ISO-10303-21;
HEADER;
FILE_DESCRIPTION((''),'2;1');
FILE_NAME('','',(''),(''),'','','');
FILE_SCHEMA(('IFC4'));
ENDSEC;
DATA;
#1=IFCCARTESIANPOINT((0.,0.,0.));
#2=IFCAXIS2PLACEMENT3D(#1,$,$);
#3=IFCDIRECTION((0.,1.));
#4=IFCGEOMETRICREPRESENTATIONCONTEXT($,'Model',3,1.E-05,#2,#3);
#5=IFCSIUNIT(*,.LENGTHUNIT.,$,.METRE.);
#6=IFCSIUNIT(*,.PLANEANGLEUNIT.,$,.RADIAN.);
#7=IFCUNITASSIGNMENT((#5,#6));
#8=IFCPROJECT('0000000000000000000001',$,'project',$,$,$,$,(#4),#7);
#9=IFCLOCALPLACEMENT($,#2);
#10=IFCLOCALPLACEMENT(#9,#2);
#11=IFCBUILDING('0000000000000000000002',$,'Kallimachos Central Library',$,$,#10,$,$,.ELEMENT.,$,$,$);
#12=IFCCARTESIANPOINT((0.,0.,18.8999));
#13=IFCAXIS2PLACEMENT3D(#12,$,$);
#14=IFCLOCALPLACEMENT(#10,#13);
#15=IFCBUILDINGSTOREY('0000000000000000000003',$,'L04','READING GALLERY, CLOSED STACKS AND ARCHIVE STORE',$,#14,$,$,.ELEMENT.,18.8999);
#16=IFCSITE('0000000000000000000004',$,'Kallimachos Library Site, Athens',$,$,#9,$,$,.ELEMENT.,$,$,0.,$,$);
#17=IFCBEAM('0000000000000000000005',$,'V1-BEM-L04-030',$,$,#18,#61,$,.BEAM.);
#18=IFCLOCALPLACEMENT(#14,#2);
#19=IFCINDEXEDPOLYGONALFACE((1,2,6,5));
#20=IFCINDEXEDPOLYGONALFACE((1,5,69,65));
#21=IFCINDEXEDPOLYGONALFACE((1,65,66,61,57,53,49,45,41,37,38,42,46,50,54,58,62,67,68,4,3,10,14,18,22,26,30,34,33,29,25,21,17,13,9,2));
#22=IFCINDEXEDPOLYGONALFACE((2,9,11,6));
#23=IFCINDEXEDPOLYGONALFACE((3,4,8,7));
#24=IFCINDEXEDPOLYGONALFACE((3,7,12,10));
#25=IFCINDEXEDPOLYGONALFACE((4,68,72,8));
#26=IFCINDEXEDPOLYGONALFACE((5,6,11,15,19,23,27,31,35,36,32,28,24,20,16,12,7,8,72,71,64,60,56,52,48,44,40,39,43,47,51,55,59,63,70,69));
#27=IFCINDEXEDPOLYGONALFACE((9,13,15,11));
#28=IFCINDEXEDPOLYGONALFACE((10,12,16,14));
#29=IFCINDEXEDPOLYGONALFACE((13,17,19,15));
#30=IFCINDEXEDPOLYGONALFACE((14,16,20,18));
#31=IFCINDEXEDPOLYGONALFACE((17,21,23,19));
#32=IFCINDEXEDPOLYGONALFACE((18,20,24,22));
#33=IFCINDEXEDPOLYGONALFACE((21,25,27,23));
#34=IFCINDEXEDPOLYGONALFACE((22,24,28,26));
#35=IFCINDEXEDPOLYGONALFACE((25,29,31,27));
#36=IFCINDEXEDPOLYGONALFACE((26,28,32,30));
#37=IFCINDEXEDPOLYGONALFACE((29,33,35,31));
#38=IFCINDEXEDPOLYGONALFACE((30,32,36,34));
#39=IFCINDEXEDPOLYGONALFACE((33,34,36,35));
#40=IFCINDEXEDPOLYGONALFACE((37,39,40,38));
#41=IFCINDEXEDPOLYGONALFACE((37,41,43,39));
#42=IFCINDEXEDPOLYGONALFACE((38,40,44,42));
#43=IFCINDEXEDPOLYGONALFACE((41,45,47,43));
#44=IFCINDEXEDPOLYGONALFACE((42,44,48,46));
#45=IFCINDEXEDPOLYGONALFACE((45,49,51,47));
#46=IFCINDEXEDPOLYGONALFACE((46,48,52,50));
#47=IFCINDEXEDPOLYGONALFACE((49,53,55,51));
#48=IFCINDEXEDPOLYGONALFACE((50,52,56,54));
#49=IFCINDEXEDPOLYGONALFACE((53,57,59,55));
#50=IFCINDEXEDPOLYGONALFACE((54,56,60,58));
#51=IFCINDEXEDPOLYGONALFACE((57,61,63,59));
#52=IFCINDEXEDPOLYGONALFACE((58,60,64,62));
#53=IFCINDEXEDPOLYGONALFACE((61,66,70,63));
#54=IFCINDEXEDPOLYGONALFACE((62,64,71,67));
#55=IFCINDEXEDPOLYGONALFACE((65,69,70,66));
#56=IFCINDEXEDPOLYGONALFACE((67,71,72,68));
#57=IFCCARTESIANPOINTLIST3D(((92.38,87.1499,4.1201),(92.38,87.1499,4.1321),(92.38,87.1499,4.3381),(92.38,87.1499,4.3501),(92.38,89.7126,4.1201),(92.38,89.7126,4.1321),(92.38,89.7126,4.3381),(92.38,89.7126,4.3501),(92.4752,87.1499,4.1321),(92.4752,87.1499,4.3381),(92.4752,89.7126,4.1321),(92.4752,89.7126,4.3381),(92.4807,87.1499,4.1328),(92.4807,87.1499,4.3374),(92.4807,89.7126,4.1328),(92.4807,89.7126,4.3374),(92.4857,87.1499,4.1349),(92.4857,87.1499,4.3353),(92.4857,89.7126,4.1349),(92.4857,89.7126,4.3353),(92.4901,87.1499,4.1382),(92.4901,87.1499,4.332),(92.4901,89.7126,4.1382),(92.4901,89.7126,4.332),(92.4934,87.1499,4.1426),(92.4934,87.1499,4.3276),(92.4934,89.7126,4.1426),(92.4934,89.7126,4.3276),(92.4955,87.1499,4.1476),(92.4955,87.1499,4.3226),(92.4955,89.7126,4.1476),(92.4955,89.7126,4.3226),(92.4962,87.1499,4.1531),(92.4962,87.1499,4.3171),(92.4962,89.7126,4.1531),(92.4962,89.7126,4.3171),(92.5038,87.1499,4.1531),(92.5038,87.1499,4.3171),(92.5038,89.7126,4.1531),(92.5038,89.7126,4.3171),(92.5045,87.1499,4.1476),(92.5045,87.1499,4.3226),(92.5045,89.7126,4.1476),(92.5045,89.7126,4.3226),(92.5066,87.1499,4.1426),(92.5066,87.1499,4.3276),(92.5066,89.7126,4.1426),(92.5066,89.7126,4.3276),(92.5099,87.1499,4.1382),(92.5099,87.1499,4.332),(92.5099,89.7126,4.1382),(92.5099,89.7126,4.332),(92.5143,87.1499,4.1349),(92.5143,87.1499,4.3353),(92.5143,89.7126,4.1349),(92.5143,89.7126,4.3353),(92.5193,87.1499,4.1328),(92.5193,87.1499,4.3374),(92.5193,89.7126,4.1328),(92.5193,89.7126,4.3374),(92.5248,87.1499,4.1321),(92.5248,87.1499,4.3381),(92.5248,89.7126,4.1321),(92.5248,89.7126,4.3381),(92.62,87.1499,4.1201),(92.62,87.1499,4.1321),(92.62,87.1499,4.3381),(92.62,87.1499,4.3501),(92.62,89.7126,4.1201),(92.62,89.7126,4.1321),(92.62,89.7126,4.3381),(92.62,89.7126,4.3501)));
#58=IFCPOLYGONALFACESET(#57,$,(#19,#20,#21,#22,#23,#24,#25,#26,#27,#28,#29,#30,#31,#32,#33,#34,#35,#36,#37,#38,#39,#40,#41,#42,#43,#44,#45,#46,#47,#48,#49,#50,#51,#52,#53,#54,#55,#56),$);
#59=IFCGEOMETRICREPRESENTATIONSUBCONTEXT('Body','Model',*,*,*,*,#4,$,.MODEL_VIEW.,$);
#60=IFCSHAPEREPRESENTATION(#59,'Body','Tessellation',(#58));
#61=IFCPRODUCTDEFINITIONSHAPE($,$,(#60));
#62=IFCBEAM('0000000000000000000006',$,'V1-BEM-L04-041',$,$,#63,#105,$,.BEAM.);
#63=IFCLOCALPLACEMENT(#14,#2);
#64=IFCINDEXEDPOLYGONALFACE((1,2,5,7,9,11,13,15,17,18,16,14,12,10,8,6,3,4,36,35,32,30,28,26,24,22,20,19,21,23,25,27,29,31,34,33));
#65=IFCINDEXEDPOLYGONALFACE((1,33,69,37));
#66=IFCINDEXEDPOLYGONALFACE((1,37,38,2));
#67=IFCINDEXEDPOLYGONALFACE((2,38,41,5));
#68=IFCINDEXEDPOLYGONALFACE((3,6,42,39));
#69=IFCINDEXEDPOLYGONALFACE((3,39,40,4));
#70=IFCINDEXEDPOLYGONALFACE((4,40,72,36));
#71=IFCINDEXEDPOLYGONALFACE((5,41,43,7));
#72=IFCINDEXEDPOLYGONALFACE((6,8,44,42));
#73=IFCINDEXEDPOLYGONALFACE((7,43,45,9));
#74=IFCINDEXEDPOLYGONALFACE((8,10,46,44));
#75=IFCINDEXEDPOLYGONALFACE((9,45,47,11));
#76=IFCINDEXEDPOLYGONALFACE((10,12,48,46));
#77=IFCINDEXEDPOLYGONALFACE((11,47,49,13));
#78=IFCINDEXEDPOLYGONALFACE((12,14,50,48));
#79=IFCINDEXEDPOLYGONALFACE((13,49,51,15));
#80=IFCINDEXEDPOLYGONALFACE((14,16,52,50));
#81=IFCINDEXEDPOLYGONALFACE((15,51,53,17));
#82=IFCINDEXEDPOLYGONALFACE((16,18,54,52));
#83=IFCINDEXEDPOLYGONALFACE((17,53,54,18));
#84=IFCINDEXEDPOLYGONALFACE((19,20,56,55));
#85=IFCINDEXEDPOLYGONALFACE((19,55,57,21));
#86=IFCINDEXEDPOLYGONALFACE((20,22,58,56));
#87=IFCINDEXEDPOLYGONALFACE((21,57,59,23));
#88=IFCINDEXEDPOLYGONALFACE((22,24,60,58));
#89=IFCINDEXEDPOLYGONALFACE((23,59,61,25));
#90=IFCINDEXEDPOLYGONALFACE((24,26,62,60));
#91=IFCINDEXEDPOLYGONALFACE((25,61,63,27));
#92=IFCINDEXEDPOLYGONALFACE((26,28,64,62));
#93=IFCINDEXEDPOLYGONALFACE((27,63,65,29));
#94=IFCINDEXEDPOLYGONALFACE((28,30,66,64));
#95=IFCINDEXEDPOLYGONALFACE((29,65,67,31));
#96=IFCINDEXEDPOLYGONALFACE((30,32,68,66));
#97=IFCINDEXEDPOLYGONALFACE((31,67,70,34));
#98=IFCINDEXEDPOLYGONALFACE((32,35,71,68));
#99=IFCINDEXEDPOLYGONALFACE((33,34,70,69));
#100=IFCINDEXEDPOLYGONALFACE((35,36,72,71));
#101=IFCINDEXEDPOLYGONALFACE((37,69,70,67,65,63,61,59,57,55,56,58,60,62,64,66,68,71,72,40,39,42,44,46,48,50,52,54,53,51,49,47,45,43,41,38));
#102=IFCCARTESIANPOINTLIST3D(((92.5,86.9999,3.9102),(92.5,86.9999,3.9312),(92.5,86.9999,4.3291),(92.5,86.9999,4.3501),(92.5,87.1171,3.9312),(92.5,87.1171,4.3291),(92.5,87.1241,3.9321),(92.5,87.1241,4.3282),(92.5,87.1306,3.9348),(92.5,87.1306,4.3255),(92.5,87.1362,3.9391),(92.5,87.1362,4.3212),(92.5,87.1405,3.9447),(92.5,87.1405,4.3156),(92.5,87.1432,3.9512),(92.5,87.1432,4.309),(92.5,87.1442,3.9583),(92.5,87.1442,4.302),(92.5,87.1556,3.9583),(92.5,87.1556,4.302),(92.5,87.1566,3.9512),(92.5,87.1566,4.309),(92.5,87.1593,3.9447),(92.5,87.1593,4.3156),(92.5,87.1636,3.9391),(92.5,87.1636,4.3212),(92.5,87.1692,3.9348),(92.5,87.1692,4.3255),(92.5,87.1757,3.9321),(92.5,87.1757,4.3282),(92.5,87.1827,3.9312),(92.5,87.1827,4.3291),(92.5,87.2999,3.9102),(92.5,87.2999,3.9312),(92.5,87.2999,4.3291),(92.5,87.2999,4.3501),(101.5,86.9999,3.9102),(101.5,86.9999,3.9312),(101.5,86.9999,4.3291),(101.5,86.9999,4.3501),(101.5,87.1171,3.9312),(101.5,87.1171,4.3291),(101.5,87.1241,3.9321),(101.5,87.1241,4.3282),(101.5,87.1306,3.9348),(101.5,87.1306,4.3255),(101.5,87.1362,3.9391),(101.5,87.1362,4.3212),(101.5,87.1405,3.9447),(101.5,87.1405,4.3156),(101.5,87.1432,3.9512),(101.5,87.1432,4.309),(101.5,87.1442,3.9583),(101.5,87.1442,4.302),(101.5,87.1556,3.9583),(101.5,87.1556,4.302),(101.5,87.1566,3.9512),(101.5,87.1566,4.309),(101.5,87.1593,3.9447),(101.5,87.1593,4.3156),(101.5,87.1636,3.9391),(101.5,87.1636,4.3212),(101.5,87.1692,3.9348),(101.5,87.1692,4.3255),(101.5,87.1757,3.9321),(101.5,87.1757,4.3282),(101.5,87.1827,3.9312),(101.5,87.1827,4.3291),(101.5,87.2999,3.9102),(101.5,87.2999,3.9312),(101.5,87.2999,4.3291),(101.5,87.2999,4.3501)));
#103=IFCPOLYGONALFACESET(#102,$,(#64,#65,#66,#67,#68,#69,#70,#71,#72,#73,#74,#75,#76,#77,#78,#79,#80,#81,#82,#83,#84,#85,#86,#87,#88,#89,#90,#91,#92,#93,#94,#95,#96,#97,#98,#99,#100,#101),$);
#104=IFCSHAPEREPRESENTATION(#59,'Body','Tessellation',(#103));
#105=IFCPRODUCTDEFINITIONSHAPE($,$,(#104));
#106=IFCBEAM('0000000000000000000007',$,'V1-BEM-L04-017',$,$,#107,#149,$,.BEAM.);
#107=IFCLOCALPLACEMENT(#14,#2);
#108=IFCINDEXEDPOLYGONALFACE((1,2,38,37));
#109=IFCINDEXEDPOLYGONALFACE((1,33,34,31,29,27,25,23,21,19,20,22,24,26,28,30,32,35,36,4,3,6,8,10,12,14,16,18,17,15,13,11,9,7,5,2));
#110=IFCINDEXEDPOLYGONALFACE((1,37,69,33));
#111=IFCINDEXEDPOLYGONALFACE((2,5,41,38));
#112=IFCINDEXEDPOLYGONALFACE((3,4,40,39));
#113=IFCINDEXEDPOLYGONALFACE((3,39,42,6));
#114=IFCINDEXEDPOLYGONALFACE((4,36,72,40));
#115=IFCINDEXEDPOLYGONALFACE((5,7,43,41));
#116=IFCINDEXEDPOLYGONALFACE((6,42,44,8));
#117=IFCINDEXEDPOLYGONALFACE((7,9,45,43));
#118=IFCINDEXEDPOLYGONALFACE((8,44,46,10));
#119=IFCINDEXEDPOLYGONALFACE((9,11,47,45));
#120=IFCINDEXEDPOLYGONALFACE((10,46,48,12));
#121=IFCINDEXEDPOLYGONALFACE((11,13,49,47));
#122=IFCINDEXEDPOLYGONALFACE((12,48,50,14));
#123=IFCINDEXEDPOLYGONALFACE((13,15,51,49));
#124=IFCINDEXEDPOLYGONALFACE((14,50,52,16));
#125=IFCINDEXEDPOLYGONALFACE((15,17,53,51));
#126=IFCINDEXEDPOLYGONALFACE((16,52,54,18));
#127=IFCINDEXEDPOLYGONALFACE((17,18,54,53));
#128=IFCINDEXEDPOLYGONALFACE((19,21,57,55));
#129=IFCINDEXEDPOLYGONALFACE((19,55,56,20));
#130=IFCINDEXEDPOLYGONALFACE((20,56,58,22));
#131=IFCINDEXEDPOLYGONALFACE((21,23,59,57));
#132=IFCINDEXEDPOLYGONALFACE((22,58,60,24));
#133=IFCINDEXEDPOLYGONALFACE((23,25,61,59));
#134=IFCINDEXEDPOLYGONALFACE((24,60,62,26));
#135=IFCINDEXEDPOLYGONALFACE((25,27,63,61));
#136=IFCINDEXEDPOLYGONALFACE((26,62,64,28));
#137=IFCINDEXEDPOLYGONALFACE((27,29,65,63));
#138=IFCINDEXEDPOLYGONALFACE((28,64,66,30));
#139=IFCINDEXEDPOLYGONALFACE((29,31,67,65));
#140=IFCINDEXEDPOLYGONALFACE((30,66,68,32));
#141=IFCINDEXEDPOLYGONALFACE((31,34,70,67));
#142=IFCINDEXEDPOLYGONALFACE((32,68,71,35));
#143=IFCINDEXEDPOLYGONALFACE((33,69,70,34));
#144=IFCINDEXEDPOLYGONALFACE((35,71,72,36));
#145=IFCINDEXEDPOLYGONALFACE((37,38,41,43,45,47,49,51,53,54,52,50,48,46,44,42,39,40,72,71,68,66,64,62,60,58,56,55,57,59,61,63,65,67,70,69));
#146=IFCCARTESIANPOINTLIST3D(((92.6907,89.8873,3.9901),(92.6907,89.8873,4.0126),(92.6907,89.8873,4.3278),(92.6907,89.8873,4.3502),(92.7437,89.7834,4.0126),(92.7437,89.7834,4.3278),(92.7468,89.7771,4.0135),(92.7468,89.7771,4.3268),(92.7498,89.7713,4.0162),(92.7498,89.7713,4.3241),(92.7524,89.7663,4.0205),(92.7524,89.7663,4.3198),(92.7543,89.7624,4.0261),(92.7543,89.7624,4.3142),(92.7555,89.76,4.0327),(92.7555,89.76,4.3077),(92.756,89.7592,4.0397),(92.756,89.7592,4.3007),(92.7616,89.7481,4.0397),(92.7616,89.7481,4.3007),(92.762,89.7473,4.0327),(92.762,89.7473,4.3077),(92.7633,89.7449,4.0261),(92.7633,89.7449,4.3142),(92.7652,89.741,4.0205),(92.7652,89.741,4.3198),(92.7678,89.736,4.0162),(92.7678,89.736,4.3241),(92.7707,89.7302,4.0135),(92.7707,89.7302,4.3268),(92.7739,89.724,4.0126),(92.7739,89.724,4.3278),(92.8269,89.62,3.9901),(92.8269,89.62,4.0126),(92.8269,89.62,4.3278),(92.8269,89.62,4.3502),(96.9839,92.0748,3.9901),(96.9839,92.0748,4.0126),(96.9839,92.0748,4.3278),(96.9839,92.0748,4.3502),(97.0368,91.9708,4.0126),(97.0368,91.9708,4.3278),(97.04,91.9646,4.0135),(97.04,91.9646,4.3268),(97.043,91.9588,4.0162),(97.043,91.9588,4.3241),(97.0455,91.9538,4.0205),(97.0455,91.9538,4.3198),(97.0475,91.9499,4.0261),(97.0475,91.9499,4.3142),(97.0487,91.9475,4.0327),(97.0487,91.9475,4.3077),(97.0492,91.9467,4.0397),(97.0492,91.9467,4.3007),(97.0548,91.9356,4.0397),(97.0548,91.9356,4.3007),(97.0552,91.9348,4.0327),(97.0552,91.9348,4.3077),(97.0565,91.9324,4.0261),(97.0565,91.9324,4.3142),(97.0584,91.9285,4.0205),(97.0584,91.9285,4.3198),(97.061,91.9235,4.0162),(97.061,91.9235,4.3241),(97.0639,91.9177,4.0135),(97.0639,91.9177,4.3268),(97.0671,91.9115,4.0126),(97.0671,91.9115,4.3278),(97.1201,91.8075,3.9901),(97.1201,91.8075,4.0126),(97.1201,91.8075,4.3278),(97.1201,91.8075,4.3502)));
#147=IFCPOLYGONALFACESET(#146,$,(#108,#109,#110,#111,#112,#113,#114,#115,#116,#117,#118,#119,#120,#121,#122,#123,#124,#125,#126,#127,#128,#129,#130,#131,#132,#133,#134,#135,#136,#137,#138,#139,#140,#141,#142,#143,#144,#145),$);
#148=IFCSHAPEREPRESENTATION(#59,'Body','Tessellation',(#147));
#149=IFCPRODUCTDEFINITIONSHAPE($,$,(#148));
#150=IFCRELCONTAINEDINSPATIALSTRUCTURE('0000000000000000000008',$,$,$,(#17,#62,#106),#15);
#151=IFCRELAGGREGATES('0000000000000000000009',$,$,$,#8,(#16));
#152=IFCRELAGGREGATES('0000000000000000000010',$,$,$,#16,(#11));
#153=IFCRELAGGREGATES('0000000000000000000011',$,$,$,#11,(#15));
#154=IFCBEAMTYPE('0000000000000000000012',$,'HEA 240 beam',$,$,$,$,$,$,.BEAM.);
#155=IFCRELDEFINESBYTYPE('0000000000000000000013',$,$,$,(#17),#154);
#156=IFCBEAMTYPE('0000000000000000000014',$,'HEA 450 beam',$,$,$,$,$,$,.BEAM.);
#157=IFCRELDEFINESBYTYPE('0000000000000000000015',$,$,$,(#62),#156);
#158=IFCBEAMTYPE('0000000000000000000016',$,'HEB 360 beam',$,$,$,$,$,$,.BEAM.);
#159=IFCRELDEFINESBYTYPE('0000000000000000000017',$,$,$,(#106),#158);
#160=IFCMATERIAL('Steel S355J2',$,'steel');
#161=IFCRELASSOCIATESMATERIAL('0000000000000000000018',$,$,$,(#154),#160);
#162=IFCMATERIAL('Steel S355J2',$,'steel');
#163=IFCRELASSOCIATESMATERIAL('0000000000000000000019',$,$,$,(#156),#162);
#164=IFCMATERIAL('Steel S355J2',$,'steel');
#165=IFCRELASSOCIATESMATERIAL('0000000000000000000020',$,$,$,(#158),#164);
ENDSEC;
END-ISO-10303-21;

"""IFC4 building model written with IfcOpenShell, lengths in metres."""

from ifc_helpers import new_model, si_unit, direction, frame, origin, origin_2d, place, context, subcontext, project, spatial, i_section, extrude, material, material_profile, profile_set, type_object, element, save


model = new_model("IFC4")

# Units and contexts
model_context = context("Model", 3, precision=1e-05, world=origin(), true_north=direction((0.0, 1.0)))
body_context = subcontext(model_context, "Body", "Model", "MODEL_VIEW")
ifc_project = project(units=[si_unit("LENGTHUNIT", "METRE"), si_unit("PLANEANGLEUNIT", "RADIAN")], contexts=[model_context])

# Site, building, storey
site_placement = place(None, origin())
site = spatial("IfcSite", under=ifc_project, at=site_placement, Name="Kallimachos Library Site, Athens", CompositionType="ELEMENT", RefElevation=0.0)
building_placement = place(site_placement, origin())
building = spatial("IfcBuilding", under=site, at=building_placement, Name="Kallimachos Central Library", CompositionType="ELEMENT")
storey_placement = place(building_placement, frame((0.0, 0.0, 18.8999)))
storey = spatial("IfcBuildingStorey", under=building, at=storey_placement, Name="L04", Description="READING GALLERY, CLOSED STACKS AND ARCHIVE STORE", CompositionType="ELEMENT", Elevation=18.8999)

# Beams
ifc_material_1 = material(Name="Steel S355J2", Category="steel")
ifc_material_profile_1 = material_profile(ifc_material_1, i_section(OverallWidth=0.24, OverallDepth=0.23, WebThickness=0.0076, FlangeThickness=0.012, FilletRadius=0.021, at=origin_2d()), Name="HEA 240")
ifc_profile_set_1 = profile_set([ifc_material_profile_1], Name="Steel S355J2")
beam_type_1 = type_object("IfcBeamType", Name="HEA 240 beam", PredefinedType="BEAM", material=ifc_profile_set_1)
beam_1_placement = place(storey_placement, frame((92.5, 87.1499, 4.2351), z_axis=(0.0, 1.0, 0.0), x_axis=(-1.0, 0.0, 0.0)))
element("IfcBeam", 1, at=beam_1_placement, inside=storey, type_object=beam_type_1, Name="V1-BEM-L04-030", PredefinedType="BEAM", context=body_context, shape_type="SweptSolid", body=[
    extrude(i_section(OverallWidth=0.24, OverallDepth=0.23, WebThickness=0.0076, FlangeThickness=0.012, FilletRadius=0.021, at=origin_2d()), origin(), (0.0, 0.0, 1.0), 2.5627),
])
ifc_material_2 = material(Name="Steel S355J2", Category="steel")
ifc_material_profile_2 = material_profile(ifc_material_2, i_section(OverallWidth=0.3, OverallDepth=0.4399, WebThickness=0.0115, FlangeThickness=0.021, FilletRadius=0.0271, at=origin_2d()), Name="HEA 450")
ifc_profile_set_2 = profile_set([ifc_material_profile_2], Name="Steel S355J2")
beam_type_2 = type_object("IfcBeamType", Name="HEA 450 beam", PredefinedType="BEAM", material=ifc_profile_set_2)
beam_2_placement = place(storey_placement, frame((92.5, 87.1499, 4.1301), z_axis=(1.0, 0.0, 0.0), x_axis=(0.0, 1.0, 0.0)))
element("IfcBeam", 2, at=beam_2_placement, inside=storey, type_object=beam_type_2, Name="V1-BEM-L04-041", PredefinedType="BEAM", context=body_context, shape_type="SweptSolid", body=[
    extrude(i_section(OverallWidth=0.3, OverallDepth=0.4399, WebThickness=0.0115, FlangeThickness=0.021, FilletRadius=0.0271, at=origin_2d()), origin(), (0.0, 0.0, 1.0), 9.0),
])
ifc_material_3 = material(Name="Steel S355J2", Category="steel")
ifc_material_profile_3 = material_profile(ifc_material_3, i_section(OverallWidth=0.3, OverallDepth=0.3601, WebThickness=0.0125, FlangeThickness=0.0225, FilletRadius=0.0271, at=origin_2d()), Name="HEB 360")
ifc_profile_set_3 = profile_set([ifc_material_profile_3], Name="Steel S355J2")
beam_type_3 = type_object("IfcBeamType", Name="HEB 360 beam", PredefinedType="BEAM", material=ifc_profile_set_3)
beam_3_placement = place(storey_placement, frame((92.7588, 89.7537, 4.1702), z_axis=(0.891007, 0.45399, 0.0), x_axis=(-0.45399, 0.891007, 0.0)))
element("IfcBeam", 3, at=beam_3_placement, inside=storey, type_object=beam_type_3, Name="V1-BEM-L04-017", PredefinedType="BEAM", context=body_context, shape_type="SweptSolid", body=[
    extrude(i_section(OverallWidth=0.3, OverallDepth=0.3601, WebThickness=0.0125, FlangeThickness=0.0225, FilletRadius=0.0271, at=origin_2d()), origin(), (0.0, 0.0, 1.0), 4.8184),
])

save(model, "model.ifc")
